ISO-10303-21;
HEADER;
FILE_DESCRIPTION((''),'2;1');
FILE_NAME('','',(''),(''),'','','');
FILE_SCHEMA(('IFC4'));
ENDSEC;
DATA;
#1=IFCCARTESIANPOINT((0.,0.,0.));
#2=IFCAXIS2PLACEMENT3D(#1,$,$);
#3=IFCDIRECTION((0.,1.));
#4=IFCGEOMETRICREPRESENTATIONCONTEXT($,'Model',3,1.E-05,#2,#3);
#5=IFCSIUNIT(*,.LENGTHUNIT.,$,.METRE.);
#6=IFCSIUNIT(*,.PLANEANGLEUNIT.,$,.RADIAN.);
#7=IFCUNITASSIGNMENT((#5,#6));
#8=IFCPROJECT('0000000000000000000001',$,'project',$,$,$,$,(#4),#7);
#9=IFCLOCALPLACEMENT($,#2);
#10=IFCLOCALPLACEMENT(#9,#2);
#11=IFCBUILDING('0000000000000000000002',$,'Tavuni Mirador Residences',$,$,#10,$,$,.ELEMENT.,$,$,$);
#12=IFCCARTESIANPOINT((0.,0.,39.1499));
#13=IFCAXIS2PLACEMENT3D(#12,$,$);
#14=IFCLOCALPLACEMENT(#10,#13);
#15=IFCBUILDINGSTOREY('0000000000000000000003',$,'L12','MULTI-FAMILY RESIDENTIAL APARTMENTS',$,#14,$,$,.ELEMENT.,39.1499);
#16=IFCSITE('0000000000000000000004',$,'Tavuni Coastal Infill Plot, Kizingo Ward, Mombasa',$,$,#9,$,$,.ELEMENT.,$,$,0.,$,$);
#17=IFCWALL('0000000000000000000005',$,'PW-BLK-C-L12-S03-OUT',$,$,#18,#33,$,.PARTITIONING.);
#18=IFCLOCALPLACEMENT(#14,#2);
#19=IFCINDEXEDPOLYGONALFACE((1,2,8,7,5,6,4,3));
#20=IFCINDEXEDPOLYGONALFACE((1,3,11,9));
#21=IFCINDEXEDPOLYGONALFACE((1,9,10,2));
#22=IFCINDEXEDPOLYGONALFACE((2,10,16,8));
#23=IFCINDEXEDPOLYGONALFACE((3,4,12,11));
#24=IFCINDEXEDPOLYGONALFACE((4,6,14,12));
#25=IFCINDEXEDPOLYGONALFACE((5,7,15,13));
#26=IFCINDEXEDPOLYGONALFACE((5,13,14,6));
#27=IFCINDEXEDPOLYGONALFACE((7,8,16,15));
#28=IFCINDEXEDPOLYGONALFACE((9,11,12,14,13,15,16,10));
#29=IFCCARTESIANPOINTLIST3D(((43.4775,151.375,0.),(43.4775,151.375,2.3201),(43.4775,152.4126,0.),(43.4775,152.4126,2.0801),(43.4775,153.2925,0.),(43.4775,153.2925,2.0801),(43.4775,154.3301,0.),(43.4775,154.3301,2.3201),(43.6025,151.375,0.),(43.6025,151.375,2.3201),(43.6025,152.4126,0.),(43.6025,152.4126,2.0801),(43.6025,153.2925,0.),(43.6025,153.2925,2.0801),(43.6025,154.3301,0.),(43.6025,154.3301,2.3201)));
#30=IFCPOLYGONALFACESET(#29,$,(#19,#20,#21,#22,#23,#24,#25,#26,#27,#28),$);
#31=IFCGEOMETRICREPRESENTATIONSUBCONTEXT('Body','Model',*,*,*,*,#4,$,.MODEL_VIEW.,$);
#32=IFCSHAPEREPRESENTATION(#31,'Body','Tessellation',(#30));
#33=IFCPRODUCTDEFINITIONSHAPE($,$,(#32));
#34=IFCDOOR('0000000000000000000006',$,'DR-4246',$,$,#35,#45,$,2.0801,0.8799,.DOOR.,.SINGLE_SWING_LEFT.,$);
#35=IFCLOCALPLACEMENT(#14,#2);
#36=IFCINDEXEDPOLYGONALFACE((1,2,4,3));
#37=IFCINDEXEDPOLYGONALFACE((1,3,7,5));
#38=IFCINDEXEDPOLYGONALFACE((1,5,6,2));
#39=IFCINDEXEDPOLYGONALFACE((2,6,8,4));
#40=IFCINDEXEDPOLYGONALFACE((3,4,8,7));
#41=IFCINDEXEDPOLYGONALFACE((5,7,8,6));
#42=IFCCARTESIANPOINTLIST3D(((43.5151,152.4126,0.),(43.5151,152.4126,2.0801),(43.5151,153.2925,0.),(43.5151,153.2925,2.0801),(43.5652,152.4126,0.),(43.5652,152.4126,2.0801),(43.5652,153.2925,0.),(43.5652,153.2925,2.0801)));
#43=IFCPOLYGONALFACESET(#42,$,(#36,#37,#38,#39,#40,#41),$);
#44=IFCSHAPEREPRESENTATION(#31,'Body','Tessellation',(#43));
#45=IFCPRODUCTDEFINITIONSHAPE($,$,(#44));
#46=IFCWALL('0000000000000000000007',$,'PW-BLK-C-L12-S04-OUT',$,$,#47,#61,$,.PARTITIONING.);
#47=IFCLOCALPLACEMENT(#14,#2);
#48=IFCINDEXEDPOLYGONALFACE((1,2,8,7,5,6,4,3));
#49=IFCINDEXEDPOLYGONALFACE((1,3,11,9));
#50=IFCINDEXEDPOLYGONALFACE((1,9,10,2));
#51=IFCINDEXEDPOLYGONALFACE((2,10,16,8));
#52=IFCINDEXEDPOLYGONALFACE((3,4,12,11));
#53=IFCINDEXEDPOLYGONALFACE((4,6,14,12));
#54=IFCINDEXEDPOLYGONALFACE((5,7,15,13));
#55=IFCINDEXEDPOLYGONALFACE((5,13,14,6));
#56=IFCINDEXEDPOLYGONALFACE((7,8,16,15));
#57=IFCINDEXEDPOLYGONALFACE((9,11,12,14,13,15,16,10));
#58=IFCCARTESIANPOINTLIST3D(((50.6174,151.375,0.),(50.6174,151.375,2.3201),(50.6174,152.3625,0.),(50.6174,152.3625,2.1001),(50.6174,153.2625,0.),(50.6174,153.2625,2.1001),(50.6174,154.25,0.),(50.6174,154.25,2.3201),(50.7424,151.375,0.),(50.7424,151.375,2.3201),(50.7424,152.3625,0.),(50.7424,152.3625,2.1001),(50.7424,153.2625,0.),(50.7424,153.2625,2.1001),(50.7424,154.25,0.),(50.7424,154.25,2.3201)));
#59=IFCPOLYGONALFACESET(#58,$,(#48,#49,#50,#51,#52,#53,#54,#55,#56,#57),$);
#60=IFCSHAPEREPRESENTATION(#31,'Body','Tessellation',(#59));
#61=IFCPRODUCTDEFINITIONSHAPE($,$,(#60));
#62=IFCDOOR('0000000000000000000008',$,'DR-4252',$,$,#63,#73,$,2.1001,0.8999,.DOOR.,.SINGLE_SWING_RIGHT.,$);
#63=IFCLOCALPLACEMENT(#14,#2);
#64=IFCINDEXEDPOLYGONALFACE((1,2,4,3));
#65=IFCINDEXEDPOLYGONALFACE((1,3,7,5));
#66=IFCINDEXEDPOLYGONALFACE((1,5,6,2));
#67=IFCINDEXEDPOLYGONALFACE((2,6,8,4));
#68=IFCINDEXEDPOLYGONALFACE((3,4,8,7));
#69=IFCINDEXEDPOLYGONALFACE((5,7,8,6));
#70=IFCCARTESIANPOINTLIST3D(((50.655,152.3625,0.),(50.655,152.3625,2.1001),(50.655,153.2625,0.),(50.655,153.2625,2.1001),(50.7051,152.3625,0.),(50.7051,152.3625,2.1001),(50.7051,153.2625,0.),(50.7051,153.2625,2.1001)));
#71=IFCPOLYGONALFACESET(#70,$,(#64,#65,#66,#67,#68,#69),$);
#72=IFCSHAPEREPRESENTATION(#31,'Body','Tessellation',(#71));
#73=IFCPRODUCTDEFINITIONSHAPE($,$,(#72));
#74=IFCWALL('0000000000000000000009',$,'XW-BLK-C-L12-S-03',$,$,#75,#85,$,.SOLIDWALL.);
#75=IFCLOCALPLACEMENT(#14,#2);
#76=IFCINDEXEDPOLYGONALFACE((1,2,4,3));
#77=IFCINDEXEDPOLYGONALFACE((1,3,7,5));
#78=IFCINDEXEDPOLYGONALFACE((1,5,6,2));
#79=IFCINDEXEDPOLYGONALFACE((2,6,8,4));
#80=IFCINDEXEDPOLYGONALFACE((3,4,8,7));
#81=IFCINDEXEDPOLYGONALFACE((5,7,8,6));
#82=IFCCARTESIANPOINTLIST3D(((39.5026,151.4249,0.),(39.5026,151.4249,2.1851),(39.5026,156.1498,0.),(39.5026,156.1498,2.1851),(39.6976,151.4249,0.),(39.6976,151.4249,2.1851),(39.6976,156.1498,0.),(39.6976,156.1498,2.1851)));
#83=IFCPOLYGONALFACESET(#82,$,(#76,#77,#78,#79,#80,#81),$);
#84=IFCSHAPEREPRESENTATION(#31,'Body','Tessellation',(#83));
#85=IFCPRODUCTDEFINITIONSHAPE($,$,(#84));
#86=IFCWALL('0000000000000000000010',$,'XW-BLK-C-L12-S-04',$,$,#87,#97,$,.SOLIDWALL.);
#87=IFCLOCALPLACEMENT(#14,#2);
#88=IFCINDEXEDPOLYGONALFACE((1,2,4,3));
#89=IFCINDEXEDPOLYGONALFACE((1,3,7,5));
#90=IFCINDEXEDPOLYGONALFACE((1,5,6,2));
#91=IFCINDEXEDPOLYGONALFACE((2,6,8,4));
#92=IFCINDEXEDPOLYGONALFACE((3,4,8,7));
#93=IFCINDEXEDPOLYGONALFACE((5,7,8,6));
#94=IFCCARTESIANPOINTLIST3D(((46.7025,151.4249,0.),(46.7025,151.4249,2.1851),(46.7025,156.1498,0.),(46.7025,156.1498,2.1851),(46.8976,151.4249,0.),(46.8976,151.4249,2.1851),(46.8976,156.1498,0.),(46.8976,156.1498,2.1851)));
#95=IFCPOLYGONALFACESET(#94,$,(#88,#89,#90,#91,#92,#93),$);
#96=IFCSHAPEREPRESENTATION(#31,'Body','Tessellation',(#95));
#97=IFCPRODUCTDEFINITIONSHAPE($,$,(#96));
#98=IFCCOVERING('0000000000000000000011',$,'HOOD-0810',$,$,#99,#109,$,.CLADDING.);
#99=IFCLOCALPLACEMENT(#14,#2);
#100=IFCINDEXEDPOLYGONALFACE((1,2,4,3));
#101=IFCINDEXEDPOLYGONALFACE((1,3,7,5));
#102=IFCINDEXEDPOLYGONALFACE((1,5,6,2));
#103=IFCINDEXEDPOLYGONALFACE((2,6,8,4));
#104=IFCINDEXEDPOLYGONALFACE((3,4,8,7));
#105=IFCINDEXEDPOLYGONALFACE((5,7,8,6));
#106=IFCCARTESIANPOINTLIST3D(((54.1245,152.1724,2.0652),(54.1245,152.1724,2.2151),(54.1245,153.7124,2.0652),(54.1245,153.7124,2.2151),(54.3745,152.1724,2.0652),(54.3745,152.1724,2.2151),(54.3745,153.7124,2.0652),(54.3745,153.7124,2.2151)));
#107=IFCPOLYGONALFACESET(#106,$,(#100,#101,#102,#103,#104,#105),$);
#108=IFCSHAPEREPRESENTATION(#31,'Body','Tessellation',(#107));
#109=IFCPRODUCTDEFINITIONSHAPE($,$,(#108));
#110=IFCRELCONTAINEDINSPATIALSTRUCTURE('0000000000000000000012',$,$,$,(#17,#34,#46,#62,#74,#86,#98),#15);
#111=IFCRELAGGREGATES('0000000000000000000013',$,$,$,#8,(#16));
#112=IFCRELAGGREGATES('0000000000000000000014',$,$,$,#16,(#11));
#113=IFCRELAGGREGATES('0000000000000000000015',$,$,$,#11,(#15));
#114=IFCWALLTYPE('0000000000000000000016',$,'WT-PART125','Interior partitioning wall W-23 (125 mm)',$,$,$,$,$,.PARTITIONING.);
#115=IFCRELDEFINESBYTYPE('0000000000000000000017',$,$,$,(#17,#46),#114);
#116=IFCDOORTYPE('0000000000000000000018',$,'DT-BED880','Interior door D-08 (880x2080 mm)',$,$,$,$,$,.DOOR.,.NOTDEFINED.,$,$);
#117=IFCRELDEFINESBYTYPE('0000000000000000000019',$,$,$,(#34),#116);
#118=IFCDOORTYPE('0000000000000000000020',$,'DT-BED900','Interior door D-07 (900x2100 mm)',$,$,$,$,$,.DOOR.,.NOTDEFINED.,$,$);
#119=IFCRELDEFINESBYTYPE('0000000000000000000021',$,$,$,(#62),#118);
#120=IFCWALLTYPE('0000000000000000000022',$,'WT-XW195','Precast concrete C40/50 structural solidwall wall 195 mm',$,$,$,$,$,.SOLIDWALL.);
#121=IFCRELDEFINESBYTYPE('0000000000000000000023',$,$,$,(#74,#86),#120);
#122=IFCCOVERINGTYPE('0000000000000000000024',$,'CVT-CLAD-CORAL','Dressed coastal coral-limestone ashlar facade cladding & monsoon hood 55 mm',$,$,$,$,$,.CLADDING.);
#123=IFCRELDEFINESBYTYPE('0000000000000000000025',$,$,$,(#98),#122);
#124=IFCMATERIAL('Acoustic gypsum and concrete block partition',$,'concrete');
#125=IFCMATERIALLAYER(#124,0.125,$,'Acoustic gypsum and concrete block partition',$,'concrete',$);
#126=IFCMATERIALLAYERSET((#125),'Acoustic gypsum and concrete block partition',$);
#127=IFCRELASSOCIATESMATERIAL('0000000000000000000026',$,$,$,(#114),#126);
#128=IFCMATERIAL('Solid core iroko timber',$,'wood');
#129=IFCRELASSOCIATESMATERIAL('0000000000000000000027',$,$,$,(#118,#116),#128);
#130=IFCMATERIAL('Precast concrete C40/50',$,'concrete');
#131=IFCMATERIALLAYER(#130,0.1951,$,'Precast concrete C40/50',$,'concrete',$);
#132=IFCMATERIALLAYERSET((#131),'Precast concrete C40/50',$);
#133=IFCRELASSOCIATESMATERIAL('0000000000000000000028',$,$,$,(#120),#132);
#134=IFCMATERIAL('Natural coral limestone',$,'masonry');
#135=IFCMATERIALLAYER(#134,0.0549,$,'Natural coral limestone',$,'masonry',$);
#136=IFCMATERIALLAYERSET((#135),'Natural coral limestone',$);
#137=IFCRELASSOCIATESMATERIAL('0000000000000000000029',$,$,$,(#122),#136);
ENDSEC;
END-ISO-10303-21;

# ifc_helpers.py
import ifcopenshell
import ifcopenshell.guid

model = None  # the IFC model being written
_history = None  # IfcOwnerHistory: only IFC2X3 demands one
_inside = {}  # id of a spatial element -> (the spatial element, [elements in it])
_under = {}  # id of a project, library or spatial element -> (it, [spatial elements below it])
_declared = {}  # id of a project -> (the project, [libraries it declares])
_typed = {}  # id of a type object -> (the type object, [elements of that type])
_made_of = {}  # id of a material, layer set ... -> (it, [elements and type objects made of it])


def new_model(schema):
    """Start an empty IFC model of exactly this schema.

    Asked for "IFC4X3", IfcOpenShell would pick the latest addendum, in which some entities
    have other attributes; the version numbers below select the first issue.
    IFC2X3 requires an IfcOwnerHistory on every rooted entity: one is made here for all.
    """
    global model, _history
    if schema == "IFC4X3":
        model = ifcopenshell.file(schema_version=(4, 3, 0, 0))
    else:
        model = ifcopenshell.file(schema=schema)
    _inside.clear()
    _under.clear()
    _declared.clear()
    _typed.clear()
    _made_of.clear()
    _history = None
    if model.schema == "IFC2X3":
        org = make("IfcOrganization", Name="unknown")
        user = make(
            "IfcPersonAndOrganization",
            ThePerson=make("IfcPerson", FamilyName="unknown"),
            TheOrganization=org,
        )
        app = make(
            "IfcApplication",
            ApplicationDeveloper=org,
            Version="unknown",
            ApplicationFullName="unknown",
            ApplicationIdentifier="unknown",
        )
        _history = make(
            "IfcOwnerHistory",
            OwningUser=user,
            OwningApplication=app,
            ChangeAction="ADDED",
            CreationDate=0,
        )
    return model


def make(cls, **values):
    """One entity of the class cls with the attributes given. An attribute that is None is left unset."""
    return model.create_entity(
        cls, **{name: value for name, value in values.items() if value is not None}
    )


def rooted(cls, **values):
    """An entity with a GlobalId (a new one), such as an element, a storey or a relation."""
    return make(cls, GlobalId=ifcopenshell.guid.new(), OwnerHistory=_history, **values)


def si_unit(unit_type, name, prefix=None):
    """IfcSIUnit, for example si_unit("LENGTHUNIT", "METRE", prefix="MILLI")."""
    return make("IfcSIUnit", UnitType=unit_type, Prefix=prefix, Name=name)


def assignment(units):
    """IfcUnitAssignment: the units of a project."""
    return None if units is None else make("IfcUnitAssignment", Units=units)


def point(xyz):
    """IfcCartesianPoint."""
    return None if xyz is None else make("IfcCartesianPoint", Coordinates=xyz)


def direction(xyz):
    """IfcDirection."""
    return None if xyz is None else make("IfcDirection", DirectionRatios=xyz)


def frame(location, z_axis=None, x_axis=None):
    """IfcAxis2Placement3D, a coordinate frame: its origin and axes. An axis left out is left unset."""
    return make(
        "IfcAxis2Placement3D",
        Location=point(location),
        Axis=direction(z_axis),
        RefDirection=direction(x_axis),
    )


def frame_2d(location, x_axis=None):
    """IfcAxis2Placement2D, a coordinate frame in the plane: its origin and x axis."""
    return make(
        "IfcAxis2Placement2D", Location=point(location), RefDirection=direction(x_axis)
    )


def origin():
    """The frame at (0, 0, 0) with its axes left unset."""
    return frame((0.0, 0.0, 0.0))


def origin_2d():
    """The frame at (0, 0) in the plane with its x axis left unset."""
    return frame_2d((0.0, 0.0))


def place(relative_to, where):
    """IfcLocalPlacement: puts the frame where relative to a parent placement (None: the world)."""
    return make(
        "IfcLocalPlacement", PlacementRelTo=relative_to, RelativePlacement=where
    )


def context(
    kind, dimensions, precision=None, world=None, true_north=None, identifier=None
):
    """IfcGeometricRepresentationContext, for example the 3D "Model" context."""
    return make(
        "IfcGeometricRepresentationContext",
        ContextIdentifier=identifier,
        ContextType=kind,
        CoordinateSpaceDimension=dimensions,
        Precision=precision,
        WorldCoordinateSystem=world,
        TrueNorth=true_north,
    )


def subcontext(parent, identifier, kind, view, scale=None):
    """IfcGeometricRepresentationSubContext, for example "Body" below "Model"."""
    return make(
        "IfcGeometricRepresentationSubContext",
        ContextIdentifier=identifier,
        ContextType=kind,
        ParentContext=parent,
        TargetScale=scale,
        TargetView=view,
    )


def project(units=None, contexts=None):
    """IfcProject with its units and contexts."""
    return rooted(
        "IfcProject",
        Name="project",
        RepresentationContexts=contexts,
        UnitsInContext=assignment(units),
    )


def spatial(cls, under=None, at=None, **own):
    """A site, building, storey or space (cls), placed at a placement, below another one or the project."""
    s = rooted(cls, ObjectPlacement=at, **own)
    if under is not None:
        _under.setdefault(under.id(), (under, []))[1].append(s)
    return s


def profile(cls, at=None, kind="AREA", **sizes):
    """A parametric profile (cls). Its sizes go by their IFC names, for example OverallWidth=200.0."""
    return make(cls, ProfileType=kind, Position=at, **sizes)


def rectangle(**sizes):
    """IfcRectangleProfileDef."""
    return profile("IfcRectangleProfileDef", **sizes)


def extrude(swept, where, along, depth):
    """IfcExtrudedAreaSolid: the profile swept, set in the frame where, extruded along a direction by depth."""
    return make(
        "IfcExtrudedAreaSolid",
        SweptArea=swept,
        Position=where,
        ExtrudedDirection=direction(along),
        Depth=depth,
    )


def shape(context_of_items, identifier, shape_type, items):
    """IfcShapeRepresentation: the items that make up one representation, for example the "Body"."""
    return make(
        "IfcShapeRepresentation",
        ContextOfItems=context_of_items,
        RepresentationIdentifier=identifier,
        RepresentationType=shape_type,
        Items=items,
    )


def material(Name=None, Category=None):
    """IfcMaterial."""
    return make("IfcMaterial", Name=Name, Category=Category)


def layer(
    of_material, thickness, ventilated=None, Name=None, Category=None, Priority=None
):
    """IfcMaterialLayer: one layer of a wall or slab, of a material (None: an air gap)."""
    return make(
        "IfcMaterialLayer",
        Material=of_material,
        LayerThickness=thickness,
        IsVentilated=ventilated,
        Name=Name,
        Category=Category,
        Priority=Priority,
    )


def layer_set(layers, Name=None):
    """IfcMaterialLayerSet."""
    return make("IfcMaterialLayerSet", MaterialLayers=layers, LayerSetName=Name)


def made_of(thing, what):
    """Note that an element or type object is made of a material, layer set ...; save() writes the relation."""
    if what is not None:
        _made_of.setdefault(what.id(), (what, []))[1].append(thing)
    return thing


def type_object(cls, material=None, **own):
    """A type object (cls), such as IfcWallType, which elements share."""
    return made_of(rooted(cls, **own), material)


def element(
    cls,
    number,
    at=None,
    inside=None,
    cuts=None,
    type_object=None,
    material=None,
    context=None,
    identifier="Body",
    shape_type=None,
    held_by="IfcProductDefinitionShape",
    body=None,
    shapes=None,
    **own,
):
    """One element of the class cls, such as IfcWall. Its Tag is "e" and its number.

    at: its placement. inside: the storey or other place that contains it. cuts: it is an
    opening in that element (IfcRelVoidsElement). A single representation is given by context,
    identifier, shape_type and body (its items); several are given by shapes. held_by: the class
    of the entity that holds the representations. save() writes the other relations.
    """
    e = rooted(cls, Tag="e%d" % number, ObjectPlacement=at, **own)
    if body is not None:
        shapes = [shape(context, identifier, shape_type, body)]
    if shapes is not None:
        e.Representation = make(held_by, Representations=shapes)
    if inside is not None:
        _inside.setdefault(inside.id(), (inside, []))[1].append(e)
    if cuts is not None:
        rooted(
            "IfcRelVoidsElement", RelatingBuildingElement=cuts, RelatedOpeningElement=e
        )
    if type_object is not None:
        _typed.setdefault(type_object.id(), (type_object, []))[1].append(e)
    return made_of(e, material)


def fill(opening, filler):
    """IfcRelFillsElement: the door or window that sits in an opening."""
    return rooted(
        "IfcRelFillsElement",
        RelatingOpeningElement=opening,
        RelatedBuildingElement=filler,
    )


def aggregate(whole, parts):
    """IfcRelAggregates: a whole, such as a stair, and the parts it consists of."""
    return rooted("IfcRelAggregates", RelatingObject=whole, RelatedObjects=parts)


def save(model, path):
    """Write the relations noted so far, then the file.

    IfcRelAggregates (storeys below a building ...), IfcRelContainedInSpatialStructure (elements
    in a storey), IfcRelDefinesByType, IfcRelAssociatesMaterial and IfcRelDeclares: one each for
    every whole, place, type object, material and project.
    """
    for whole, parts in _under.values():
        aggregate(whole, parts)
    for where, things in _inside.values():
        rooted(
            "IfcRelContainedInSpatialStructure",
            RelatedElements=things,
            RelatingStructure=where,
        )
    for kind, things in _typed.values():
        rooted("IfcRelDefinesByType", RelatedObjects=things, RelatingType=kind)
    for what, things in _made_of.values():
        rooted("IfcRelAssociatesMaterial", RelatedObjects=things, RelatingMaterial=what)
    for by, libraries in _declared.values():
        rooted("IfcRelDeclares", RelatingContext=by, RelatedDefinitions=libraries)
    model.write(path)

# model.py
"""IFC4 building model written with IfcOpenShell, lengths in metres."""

from ifc_helpers import new_model, si_unit, direction, frame, frame_2d, origin, origin_2d, place, context, subcontext, project, spatial, rectangle, extrude, material, layer, layer_set, type_object, element, fill, save


model = new_model("IFC4")

# Units and contexts
model_context = context("Model", 3, precision=1e-05, world=origin(), true_north=direction((0.0, 1.0)))
body_context = subcontext(model_context, "Body", "Model", "MODEL_VIEW")
ifc_project = project(units=[si_unit("LENGTHUNIT", "METRE"), si_unit("PLANEANGLEUNIT", "RADIAN")], contexts=[model_context])

# Site, building, storey
site_placement = place(None, origin())
site = spatial("IfcSite", under=ifc_project, at=site_placement, Name="Tavuni Coastal Infill Plot, Kizingo Ward, Mombasa", CompositionType="ELEMENT", RefElevation=0.0)
building_placement = place(site_placement, origin())
building = spatial("IfcBuilding", under=site, at=building_placement, Name="Tavuni Mirador Residences", CompositionType="ELEMENT")
storey_placement = place(building_placement, frame((0.0, 0.0, 39.1499)))
storey = spatial("IfcBuildingStorey", under=building, at=storey_placement, Name="L12", Description="MULTI-FAMILY RESIDENTIAL APARTMENTS", CompositionType="ELEMENT", Elevation=39.1499)

# Shared definitions
ifc_material_1 = material(Name="Precast concrete C40/50", Category="concrete")

# Walls, openings, doors
ifc_material_2 = material(Name="Acoustic gypsum and concrete block partition", Category="concrete")
ifc_layer_1 = layer(ifc_material_2, 0.125, Name="Acoustic gypsum and concrete block partition", Category="concrete")
ifc_layer_set_1 = layer_set([ifc_layer_1], Name="Acoustic gypsum and concrete block partition")
wall_type_1 = type_object("IfcWallType", Name="WT-PART125", Description="Interior partitioning wall W-23 (125 mm)", PredefinedType="PARTITIONING", material=ifc_layer_set_1)
ifc_material_3 = material(Name="Solid core iroko timber", Category="wood")
door_type_1 = type_object("IfcDoorType", Name="DT-BED900", Description="Interior door D-07 (900x2100 mm)", OperationType="NOTDEFINED", PredefinedType="DOOR", material=ifc_material_3)
wall_1_placement = place(storey_placement, frame((43.54, 151.375, 0.0), z_axis=(0.0, 0.0, 1.0), x_axis=(0.0, 1.0, 0.0)))
wall_1 = element("IfcWall", 1, at=wall_1_placement, inside=storey, type_object=wall_type_1, Name="PW-BLK-C-L12-S03-OUT", PredefinedType="PARTITIONING", context=body_context, shape_type="SweptSolid", body=[
    extrude(rectangle(XDim=2.9551, YDim=0.125, at=frame_2d((1.4775, 0.0))), origin(), (0.0, 0.0, 1.0), 2.3201),
])
opening_1_placement = place(wall_1_placement, frame((1.0376, 0.0, 0.0)))
opening_1 = element("IfcOpeningElement", 2, at=opening_1_placement, cuts=wall_1, PredefinedType="OPENING", context=body_context, shape_type="SweptSolid", body=[
    extrude(rectangle(XDim=0.8799, YDim=2.0801, at=frame_2d((0.4399, 1.04))), frame((0.0, 0.0725, 0.0), z_axis=(0.0, -1.0, 0.0), x_axis=(1.0, 0.0, 0.0)), (0.0, 0.0, 1.0), 0.145),
])
door_type_2 = type_object("IfcDoorType", Name="DT-BED880", Description="Interior door D-08 (880x2080 mm)", OperationType="NOTDEFINED", PredefinedType="DOOR", material=ifc_material_3)
door_1_placement = place(opening_1_placement, origin())
door_1 = element("IfcDoor", 3, at=door_1_placement, inside=storey, type_object=door_type_2, Name="DR-4246", OperationType="SINGLE_SWING_LEFT", OverallHeight=2.0801, OverallWidth=0.8799, PredefinedType="DOOR", context=body_context, shape_type="SweptSolid", body=[
    extrude(rectangle(XDim=0.8799, YDim=2.0801, at=frame_2d((0.4399, 1.04))), frame((0.0, 0.0249, 0.0), z_axis=(0.0, -1.0, 0.0), x_axis=(1.0, 0.0, 0.0)), (0.0, 0.0, 1.0), 0.05),
])
fill(opening_1, door_1)
wall_2_placement = place(storey_placement, frame((50.6799, 151.375, 0.0), z_axis=(0.0, 0.0, 1.0), x_axis=(0.0, 1.0, 0.0)))
wall_2 = element("IfcWall", 4, at=wall_2_placement, inside=storey, type_object=wall_type_1, Name="PW-BLK-C-L12-S04-OUT", PredefinedType="PARTITIONING", context=body_context, shape_type="SweptSolid", body=[
    extrude(rectangle(XDim=2.875, YDim=0.125, at=frame_2d((1.4375, 0.0))), origin(), (0.0, 0.0, 1.0), 2.3201),
])
opening_2_placement = place(wall_2_placement, frame((0.9875, 0.0, 0.0)))
opening_2 = element("IfcOpeningElement", 5, at=opening_2_placement, cuts=wall_2, PredefinedType="OPENING", context=body_context, shape_type="SweptSolid", body=[
    extrude(rectangle(XDim=0.8999, YDim=2.1001, at=frame_2d((0.45, 1.05))), frame((0.0, 0.0725, 0.0), z_axis=(0.0, -1.0, 0.0), x_axis=(1.0, 0.0, 0.0)), (0.0, 0.0, 1.0), 0.145),
])
door_2_placement = place(opening_2_placement, origin())
door_2 = element("IfcDoor", 6, at=door_2_placement, inside=storey, type_object=door_type_1, Name="DR-4252", OperationType="SINGLE_SWING_RIGHT", OverallHeight=2.1001, OverallWidth=0.8999, PredefinedType="DOOR", context=body_context, shape_type="SweptSolid", body=[
    extrude(rectangle(XDim=0.8999, YDim=2.1001, at=frame_2d((0.45, 1.05))), frame((0.0, 0.0249, 0.0), z_axis=(0.0, -1.0, 0.0), x_axis=(1.0, 0.0, 0.0)), (0.0, 0.0, 1.0), 0.05),
])
fill(opening_2, door_2)

# Walls
ifc_layer_2 = layer(ifc_material_1, 0.1951, Name="Precast concrete C40/50", Category="concrete")
ifc_layer_set_2 = layer_set([ifc_layer_2], Name="Precast concrete C40/50")
wall_type_2 = type_object("IfcWallType", Name="WT-XW195", Description="Precast concrete C40/50 structural solidwall wall 195 mm", PredefinedType="SOLIDWALL", material=ifc_layer_set_2)
for number, where, z_axis, x_axis, name in (
    (7, (39.6001, 151.425, 0.0), (0.0, 0.0, 1.0), (0.0, 1.0, 0.0), "XW-BLK-C-L12-S-03"),
    (8, (46.8, 151.425, 0.0), (0.0, 0.0, 1.0), (0.0, 1.0, 0.0), "XW-BLK-C-L12-S-04"),
):
    element("IfcWall", number, at=place(storey_placement, frame(where, z_axis=z_axis, x_axis=x_axis)), inside=storey, type_object=wall_type_2, Name=name, PredefinedType="SOLIDWALL", context=body_context, shape_type="SweptSolid", body=[
        extrude(rectangle(XDim=4.7249, YDim=0.1951, at=frame_2d((2.3623, 0.0))), origin(), (0.0, 0.0, 1.0), 2.1851),
    ])

# Covering
ifc_material_4 = material(Name="Natural coral limestone", Category="masonry")
ifc_layer_3 = layer(ifc_material_4, 0.0549, Name="Natural coral limestone", Category="masonry")
ifc_layer_set_3 = layer_set([ifc_layer_3], Name="Natural coral limestone")
covering_type = type_object("IfcCoveringType", Name="CVT-CLAD-CORAL", Description="Dressed coastal coral-limestone ashlar facade cladding & monsoon hood 55 mm", PredefinedType="CLADDING", material=ifc_layer_set_3)
covering_placement = place(storey_placement, frame((54.2495, 152.9424, 2.0652), z_axis=(0.0, 0.0, 1.0), x_axis=(0.0, 1.0, 0.0)))
element("IfcCovering", 9, at=covering_placement, inside=storey, type_object=covering_type, Name="HOOD-0810", PredefinedType="CLADDING", context=body_context, shape_type="SweptSolid", body=[
    extrude(rectangle(XDim=1.54, YDim=0.25, at=origin_2d()), origin(), (0.0, 0.0, 1.0), 0.1499),
])

save(model, "model.ifc")
